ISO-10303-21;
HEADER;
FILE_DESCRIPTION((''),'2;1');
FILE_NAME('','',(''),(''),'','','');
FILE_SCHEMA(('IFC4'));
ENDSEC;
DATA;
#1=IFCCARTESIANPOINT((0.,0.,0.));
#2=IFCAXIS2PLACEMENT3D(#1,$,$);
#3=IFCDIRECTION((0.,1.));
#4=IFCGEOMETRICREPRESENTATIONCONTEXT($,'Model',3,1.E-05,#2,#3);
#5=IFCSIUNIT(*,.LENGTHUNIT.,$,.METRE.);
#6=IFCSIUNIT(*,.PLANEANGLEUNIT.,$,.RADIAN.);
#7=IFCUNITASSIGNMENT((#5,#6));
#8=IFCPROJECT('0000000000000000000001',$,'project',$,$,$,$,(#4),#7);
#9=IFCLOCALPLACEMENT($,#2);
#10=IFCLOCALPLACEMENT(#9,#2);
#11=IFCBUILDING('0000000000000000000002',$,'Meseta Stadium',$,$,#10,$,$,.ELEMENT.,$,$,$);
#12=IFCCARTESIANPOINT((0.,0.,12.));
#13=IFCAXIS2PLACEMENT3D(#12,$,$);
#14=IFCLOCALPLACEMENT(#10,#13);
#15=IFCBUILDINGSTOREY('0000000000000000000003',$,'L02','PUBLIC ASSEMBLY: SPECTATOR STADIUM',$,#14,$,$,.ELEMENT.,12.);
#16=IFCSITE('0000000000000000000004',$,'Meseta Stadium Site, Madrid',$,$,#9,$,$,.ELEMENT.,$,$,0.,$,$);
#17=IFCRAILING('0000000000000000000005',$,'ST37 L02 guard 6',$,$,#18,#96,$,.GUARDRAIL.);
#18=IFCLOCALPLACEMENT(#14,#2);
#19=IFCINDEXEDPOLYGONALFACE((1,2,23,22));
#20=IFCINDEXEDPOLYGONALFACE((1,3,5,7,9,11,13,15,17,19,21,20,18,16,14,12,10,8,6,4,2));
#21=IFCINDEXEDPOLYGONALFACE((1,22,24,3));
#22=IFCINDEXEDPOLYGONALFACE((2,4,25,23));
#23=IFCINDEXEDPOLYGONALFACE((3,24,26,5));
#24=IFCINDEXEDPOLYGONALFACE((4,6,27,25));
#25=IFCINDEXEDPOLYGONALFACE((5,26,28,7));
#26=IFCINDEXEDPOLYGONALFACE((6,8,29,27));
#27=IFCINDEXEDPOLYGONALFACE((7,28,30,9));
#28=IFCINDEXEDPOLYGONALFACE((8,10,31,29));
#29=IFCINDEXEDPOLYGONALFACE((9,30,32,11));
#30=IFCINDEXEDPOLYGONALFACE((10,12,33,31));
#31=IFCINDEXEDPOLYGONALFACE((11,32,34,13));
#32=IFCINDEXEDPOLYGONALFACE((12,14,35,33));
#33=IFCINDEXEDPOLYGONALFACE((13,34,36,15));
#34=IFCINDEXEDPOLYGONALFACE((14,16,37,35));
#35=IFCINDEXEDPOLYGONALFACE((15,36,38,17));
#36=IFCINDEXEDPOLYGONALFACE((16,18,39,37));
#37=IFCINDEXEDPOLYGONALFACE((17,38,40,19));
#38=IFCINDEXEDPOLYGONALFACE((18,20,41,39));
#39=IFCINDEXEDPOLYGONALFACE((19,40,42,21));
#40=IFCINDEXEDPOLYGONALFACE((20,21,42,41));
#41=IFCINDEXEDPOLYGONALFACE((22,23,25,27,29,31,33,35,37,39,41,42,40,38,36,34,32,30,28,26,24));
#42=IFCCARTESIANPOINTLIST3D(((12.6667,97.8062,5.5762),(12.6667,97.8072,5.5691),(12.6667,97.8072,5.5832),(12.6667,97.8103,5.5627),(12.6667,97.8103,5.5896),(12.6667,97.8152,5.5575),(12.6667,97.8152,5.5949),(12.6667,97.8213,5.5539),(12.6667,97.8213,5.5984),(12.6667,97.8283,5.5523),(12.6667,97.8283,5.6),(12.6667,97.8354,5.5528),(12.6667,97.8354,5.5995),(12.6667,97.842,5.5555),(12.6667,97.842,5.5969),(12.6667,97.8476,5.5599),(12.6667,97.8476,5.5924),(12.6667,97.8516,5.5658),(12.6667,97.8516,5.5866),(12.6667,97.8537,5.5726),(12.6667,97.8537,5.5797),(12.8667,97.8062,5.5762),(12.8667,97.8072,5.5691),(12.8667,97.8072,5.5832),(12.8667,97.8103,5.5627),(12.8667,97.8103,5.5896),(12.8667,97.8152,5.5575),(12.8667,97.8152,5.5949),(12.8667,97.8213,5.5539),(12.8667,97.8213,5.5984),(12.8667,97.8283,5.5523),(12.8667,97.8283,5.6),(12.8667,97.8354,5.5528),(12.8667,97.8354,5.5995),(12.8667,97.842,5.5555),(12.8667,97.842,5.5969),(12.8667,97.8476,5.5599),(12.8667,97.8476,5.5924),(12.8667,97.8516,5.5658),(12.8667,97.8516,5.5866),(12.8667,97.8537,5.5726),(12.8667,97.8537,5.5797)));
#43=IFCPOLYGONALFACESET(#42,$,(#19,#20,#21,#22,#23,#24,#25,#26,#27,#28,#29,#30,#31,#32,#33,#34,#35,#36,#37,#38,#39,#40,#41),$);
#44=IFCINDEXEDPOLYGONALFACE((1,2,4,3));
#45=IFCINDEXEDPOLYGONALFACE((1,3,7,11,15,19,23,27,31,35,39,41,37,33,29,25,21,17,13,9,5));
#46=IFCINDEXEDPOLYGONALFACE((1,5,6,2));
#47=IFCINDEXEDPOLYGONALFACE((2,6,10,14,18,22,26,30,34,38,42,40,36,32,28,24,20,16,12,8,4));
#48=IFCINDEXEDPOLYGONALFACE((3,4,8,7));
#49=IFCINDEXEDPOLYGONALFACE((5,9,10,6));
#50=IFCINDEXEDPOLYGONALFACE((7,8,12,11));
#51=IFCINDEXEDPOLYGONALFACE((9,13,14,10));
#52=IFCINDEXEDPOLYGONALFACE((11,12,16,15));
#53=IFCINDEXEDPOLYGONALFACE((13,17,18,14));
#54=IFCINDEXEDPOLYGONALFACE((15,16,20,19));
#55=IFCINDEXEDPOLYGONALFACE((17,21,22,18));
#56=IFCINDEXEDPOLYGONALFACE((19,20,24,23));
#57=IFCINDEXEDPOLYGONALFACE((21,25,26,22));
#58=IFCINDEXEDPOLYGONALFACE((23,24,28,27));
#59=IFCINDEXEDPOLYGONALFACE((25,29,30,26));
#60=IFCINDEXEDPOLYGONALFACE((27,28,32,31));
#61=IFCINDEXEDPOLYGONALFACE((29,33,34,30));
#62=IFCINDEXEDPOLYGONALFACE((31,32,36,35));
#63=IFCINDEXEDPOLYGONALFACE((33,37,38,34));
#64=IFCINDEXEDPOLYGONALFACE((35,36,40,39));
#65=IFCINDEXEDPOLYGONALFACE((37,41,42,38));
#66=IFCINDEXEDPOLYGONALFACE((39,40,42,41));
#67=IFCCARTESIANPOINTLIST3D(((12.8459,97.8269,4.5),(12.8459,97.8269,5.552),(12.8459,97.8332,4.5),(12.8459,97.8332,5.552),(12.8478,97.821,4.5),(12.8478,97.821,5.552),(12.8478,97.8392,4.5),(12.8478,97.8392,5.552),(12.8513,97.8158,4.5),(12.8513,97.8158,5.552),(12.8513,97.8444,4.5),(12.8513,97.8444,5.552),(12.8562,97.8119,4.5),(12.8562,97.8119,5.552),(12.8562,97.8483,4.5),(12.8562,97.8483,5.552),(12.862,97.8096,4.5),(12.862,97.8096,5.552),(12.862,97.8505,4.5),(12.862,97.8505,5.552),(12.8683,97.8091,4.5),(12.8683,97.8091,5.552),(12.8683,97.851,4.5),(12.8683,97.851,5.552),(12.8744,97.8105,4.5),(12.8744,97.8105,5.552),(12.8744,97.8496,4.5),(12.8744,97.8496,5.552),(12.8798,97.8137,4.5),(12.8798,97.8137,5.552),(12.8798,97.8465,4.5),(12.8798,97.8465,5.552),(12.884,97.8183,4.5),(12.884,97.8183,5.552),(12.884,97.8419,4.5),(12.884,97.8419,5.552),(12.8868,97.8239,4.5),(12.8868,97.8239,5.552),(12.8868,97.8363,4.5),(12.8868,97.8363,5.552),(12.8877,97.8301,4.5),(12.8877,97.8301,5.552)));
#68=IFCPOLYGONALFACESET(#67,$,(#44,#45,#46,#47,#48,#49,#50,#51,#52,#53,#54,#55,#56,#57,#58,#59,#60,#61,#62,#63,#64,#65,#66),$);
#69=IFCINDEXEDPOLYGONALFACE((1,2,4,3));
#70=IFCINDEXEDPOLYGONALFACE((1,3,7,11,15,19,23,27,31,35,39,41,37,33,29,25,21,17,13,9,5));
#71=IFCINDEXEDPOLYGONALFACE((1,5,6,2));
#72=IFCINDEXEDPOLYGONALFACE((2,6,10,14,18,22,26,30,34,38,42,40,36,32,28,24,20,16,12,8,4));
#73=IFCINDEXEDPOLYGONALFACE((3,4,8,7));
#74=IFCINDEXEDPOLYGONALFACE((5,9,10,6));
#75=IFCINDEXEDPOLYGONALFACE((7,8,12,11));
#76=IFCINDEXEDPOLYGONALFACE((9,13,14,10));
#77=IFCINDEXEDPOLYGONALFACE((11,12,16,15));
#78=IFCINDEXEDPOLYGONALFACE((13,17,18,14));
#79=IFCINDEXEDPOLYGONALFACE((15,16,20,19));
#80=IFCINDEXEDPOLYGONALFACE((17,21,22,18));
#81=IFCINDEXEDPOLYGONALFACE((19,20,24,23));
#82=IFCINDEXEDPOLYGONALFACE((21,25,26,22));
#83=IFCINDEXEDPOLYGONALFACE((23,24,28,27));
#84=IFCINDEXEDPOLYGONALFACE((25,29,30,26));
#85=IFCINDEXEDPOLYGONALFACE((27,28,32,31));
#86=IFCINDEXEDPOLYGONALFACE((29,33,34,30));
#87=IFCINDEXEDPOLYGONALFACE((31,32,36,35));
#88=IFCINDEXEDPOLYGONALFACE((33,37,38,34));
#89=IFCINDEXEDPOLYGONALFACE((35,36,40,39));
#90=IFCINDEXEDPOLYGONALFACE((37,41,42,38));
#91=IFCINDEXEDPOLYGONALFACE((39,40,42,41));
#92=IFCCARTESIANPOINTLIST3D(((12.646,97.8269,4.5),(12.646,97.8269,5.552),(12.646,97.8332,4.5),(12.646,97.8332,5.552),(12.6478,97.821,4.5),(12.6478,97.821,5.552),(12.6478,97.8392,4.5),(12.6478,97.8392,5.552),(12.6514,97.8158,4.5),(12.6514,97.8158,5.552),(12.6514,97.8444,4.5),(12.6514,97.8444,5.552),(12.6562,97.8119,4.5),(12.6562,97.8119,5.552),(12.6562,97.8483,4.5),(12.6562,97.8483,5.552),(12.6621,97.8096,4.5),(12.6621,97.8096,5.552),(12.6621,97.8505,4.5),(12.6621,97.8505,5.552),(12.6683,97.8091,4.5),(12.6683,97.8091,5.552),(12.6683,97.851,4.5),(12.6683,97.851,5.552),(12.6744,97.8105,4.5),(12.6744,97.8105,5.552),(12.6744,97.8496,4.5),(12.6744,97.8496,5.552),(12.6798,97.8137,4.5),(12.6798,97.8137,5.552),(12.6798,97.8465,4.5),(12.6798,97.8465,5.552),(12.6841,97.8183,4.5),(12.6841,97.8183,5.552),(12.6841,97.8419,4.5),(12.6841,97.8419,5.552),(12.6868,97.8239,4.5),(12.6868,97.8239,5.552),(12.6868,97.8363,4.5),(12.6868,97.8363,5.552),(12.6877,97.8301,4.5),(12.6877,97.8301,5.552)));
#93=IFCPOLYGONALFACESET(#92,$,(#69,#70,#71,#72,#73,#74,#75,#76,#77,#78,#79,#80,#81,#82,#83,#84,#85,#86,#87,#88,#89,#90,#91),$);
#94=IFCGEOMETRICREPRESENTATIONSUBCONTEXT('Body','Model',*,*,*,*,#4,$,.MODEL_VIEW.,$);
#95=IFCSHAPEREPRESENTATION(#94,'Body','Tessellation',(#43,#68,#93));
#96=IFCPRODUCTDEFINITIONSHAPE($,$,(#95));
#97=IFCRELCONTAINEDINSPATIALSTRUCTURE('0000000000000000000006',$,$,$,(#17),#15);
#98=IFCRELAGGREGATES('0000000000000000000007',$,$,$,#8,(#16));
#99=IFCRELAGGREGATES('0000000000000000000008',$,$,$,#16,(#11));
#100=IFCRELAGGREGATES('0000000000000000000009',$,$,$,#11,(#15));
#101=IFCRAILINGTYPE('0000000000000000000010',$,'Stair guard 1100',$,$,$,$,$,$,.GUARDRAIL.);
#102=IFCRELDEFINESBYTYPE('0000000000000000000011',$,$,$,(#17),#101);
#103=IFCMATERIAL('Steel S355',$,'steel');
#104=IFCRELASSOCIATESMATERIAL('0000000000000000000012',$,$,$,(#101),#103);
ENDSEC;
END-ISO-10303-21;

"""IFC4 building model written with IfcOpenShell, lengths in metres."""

from ifc_helpers import new_model, si_unit, direction, frame, origin, origin_2d, place, context, subcontext, project, spatial, circle, extrude, material, type_object, element, save


model = new_model("IFC4")

# Units and contexts
model_context = context("Model", 3, precision=1e-05, world=origin(), true_north=direction((0.0, 1.0)))
body_context = subcontext(model_context, "Body", "Model", "MODEL_VIEW")
ifc_project = project(units=[si_unit("LENGTHUNIT", "METRE"), si_unit("PLANEANGLEUNIT", "RADIAN")], contexts=[model_context])

# Site, building, storey
site_placement = place(None, origin())
site = spatial("IfcSite", under=ifc_project, at=site_placement, Name="Meseta Stadium Site, Madrid", CompositionType="ELEMENT", RefElevation=0.0)
building_placement = place(site_placement, origin())
building = spatial("IfcBuilding", under=site, at=building_placement, Name="Meseta Stadium", CompositionType="ELEMENT")
storey_placement = place(building_placement, frame((0.0, 0.0, 12.0)))
storey = spatial("IfcBuildingStorey", under=building, at=storey_placement, Name="L02", Description="PUBLIC ASSEMBLY: SPECTATOR STADIUM", CompositionType="ELEMENT", Elevation=12.0)

# Railing
ifc_material_1 = material(Name="Steel S355", Category="steel")
railing_type_1 = type_object("IfcRailingType", Name="Stair guard 1100", PredefinedType="GUARDRAIL", material=ifc_material_1)
railing_1_placement = place(storey_placement, frame((12.8667, 97.8301, 4.5)))
element("IfcRailing", 1, at=railing_1_placement, inside=storey, type_object=railing_type_1, Name="ST37 L02 guard 6", PredefinedType="GUARDRAIL", context=body_context, shape_type="SweptSolid", body=[
    extrude(circle(Radius=0.0239, at=origin_2d()), frame((0.0, 0.0, 1.0762), z_axis=(-1.0, 0.0, 0.0), x_axis=(0.0, -1.0, 0.0)), (0.0, 0.0, 1.0), 0.2),
    extrude(circle(Radius=0.021, at=origin_2d()), origin(), (0.0, 0.0, 1.0), 1.052),
    extrude(circle(Radius=0.021, at=origin_2d()), frame((-0.2, 0.0, 0.0)), (0.0, 0.0, 1.0), 1.052),
])

save(model, "model.ifc")
